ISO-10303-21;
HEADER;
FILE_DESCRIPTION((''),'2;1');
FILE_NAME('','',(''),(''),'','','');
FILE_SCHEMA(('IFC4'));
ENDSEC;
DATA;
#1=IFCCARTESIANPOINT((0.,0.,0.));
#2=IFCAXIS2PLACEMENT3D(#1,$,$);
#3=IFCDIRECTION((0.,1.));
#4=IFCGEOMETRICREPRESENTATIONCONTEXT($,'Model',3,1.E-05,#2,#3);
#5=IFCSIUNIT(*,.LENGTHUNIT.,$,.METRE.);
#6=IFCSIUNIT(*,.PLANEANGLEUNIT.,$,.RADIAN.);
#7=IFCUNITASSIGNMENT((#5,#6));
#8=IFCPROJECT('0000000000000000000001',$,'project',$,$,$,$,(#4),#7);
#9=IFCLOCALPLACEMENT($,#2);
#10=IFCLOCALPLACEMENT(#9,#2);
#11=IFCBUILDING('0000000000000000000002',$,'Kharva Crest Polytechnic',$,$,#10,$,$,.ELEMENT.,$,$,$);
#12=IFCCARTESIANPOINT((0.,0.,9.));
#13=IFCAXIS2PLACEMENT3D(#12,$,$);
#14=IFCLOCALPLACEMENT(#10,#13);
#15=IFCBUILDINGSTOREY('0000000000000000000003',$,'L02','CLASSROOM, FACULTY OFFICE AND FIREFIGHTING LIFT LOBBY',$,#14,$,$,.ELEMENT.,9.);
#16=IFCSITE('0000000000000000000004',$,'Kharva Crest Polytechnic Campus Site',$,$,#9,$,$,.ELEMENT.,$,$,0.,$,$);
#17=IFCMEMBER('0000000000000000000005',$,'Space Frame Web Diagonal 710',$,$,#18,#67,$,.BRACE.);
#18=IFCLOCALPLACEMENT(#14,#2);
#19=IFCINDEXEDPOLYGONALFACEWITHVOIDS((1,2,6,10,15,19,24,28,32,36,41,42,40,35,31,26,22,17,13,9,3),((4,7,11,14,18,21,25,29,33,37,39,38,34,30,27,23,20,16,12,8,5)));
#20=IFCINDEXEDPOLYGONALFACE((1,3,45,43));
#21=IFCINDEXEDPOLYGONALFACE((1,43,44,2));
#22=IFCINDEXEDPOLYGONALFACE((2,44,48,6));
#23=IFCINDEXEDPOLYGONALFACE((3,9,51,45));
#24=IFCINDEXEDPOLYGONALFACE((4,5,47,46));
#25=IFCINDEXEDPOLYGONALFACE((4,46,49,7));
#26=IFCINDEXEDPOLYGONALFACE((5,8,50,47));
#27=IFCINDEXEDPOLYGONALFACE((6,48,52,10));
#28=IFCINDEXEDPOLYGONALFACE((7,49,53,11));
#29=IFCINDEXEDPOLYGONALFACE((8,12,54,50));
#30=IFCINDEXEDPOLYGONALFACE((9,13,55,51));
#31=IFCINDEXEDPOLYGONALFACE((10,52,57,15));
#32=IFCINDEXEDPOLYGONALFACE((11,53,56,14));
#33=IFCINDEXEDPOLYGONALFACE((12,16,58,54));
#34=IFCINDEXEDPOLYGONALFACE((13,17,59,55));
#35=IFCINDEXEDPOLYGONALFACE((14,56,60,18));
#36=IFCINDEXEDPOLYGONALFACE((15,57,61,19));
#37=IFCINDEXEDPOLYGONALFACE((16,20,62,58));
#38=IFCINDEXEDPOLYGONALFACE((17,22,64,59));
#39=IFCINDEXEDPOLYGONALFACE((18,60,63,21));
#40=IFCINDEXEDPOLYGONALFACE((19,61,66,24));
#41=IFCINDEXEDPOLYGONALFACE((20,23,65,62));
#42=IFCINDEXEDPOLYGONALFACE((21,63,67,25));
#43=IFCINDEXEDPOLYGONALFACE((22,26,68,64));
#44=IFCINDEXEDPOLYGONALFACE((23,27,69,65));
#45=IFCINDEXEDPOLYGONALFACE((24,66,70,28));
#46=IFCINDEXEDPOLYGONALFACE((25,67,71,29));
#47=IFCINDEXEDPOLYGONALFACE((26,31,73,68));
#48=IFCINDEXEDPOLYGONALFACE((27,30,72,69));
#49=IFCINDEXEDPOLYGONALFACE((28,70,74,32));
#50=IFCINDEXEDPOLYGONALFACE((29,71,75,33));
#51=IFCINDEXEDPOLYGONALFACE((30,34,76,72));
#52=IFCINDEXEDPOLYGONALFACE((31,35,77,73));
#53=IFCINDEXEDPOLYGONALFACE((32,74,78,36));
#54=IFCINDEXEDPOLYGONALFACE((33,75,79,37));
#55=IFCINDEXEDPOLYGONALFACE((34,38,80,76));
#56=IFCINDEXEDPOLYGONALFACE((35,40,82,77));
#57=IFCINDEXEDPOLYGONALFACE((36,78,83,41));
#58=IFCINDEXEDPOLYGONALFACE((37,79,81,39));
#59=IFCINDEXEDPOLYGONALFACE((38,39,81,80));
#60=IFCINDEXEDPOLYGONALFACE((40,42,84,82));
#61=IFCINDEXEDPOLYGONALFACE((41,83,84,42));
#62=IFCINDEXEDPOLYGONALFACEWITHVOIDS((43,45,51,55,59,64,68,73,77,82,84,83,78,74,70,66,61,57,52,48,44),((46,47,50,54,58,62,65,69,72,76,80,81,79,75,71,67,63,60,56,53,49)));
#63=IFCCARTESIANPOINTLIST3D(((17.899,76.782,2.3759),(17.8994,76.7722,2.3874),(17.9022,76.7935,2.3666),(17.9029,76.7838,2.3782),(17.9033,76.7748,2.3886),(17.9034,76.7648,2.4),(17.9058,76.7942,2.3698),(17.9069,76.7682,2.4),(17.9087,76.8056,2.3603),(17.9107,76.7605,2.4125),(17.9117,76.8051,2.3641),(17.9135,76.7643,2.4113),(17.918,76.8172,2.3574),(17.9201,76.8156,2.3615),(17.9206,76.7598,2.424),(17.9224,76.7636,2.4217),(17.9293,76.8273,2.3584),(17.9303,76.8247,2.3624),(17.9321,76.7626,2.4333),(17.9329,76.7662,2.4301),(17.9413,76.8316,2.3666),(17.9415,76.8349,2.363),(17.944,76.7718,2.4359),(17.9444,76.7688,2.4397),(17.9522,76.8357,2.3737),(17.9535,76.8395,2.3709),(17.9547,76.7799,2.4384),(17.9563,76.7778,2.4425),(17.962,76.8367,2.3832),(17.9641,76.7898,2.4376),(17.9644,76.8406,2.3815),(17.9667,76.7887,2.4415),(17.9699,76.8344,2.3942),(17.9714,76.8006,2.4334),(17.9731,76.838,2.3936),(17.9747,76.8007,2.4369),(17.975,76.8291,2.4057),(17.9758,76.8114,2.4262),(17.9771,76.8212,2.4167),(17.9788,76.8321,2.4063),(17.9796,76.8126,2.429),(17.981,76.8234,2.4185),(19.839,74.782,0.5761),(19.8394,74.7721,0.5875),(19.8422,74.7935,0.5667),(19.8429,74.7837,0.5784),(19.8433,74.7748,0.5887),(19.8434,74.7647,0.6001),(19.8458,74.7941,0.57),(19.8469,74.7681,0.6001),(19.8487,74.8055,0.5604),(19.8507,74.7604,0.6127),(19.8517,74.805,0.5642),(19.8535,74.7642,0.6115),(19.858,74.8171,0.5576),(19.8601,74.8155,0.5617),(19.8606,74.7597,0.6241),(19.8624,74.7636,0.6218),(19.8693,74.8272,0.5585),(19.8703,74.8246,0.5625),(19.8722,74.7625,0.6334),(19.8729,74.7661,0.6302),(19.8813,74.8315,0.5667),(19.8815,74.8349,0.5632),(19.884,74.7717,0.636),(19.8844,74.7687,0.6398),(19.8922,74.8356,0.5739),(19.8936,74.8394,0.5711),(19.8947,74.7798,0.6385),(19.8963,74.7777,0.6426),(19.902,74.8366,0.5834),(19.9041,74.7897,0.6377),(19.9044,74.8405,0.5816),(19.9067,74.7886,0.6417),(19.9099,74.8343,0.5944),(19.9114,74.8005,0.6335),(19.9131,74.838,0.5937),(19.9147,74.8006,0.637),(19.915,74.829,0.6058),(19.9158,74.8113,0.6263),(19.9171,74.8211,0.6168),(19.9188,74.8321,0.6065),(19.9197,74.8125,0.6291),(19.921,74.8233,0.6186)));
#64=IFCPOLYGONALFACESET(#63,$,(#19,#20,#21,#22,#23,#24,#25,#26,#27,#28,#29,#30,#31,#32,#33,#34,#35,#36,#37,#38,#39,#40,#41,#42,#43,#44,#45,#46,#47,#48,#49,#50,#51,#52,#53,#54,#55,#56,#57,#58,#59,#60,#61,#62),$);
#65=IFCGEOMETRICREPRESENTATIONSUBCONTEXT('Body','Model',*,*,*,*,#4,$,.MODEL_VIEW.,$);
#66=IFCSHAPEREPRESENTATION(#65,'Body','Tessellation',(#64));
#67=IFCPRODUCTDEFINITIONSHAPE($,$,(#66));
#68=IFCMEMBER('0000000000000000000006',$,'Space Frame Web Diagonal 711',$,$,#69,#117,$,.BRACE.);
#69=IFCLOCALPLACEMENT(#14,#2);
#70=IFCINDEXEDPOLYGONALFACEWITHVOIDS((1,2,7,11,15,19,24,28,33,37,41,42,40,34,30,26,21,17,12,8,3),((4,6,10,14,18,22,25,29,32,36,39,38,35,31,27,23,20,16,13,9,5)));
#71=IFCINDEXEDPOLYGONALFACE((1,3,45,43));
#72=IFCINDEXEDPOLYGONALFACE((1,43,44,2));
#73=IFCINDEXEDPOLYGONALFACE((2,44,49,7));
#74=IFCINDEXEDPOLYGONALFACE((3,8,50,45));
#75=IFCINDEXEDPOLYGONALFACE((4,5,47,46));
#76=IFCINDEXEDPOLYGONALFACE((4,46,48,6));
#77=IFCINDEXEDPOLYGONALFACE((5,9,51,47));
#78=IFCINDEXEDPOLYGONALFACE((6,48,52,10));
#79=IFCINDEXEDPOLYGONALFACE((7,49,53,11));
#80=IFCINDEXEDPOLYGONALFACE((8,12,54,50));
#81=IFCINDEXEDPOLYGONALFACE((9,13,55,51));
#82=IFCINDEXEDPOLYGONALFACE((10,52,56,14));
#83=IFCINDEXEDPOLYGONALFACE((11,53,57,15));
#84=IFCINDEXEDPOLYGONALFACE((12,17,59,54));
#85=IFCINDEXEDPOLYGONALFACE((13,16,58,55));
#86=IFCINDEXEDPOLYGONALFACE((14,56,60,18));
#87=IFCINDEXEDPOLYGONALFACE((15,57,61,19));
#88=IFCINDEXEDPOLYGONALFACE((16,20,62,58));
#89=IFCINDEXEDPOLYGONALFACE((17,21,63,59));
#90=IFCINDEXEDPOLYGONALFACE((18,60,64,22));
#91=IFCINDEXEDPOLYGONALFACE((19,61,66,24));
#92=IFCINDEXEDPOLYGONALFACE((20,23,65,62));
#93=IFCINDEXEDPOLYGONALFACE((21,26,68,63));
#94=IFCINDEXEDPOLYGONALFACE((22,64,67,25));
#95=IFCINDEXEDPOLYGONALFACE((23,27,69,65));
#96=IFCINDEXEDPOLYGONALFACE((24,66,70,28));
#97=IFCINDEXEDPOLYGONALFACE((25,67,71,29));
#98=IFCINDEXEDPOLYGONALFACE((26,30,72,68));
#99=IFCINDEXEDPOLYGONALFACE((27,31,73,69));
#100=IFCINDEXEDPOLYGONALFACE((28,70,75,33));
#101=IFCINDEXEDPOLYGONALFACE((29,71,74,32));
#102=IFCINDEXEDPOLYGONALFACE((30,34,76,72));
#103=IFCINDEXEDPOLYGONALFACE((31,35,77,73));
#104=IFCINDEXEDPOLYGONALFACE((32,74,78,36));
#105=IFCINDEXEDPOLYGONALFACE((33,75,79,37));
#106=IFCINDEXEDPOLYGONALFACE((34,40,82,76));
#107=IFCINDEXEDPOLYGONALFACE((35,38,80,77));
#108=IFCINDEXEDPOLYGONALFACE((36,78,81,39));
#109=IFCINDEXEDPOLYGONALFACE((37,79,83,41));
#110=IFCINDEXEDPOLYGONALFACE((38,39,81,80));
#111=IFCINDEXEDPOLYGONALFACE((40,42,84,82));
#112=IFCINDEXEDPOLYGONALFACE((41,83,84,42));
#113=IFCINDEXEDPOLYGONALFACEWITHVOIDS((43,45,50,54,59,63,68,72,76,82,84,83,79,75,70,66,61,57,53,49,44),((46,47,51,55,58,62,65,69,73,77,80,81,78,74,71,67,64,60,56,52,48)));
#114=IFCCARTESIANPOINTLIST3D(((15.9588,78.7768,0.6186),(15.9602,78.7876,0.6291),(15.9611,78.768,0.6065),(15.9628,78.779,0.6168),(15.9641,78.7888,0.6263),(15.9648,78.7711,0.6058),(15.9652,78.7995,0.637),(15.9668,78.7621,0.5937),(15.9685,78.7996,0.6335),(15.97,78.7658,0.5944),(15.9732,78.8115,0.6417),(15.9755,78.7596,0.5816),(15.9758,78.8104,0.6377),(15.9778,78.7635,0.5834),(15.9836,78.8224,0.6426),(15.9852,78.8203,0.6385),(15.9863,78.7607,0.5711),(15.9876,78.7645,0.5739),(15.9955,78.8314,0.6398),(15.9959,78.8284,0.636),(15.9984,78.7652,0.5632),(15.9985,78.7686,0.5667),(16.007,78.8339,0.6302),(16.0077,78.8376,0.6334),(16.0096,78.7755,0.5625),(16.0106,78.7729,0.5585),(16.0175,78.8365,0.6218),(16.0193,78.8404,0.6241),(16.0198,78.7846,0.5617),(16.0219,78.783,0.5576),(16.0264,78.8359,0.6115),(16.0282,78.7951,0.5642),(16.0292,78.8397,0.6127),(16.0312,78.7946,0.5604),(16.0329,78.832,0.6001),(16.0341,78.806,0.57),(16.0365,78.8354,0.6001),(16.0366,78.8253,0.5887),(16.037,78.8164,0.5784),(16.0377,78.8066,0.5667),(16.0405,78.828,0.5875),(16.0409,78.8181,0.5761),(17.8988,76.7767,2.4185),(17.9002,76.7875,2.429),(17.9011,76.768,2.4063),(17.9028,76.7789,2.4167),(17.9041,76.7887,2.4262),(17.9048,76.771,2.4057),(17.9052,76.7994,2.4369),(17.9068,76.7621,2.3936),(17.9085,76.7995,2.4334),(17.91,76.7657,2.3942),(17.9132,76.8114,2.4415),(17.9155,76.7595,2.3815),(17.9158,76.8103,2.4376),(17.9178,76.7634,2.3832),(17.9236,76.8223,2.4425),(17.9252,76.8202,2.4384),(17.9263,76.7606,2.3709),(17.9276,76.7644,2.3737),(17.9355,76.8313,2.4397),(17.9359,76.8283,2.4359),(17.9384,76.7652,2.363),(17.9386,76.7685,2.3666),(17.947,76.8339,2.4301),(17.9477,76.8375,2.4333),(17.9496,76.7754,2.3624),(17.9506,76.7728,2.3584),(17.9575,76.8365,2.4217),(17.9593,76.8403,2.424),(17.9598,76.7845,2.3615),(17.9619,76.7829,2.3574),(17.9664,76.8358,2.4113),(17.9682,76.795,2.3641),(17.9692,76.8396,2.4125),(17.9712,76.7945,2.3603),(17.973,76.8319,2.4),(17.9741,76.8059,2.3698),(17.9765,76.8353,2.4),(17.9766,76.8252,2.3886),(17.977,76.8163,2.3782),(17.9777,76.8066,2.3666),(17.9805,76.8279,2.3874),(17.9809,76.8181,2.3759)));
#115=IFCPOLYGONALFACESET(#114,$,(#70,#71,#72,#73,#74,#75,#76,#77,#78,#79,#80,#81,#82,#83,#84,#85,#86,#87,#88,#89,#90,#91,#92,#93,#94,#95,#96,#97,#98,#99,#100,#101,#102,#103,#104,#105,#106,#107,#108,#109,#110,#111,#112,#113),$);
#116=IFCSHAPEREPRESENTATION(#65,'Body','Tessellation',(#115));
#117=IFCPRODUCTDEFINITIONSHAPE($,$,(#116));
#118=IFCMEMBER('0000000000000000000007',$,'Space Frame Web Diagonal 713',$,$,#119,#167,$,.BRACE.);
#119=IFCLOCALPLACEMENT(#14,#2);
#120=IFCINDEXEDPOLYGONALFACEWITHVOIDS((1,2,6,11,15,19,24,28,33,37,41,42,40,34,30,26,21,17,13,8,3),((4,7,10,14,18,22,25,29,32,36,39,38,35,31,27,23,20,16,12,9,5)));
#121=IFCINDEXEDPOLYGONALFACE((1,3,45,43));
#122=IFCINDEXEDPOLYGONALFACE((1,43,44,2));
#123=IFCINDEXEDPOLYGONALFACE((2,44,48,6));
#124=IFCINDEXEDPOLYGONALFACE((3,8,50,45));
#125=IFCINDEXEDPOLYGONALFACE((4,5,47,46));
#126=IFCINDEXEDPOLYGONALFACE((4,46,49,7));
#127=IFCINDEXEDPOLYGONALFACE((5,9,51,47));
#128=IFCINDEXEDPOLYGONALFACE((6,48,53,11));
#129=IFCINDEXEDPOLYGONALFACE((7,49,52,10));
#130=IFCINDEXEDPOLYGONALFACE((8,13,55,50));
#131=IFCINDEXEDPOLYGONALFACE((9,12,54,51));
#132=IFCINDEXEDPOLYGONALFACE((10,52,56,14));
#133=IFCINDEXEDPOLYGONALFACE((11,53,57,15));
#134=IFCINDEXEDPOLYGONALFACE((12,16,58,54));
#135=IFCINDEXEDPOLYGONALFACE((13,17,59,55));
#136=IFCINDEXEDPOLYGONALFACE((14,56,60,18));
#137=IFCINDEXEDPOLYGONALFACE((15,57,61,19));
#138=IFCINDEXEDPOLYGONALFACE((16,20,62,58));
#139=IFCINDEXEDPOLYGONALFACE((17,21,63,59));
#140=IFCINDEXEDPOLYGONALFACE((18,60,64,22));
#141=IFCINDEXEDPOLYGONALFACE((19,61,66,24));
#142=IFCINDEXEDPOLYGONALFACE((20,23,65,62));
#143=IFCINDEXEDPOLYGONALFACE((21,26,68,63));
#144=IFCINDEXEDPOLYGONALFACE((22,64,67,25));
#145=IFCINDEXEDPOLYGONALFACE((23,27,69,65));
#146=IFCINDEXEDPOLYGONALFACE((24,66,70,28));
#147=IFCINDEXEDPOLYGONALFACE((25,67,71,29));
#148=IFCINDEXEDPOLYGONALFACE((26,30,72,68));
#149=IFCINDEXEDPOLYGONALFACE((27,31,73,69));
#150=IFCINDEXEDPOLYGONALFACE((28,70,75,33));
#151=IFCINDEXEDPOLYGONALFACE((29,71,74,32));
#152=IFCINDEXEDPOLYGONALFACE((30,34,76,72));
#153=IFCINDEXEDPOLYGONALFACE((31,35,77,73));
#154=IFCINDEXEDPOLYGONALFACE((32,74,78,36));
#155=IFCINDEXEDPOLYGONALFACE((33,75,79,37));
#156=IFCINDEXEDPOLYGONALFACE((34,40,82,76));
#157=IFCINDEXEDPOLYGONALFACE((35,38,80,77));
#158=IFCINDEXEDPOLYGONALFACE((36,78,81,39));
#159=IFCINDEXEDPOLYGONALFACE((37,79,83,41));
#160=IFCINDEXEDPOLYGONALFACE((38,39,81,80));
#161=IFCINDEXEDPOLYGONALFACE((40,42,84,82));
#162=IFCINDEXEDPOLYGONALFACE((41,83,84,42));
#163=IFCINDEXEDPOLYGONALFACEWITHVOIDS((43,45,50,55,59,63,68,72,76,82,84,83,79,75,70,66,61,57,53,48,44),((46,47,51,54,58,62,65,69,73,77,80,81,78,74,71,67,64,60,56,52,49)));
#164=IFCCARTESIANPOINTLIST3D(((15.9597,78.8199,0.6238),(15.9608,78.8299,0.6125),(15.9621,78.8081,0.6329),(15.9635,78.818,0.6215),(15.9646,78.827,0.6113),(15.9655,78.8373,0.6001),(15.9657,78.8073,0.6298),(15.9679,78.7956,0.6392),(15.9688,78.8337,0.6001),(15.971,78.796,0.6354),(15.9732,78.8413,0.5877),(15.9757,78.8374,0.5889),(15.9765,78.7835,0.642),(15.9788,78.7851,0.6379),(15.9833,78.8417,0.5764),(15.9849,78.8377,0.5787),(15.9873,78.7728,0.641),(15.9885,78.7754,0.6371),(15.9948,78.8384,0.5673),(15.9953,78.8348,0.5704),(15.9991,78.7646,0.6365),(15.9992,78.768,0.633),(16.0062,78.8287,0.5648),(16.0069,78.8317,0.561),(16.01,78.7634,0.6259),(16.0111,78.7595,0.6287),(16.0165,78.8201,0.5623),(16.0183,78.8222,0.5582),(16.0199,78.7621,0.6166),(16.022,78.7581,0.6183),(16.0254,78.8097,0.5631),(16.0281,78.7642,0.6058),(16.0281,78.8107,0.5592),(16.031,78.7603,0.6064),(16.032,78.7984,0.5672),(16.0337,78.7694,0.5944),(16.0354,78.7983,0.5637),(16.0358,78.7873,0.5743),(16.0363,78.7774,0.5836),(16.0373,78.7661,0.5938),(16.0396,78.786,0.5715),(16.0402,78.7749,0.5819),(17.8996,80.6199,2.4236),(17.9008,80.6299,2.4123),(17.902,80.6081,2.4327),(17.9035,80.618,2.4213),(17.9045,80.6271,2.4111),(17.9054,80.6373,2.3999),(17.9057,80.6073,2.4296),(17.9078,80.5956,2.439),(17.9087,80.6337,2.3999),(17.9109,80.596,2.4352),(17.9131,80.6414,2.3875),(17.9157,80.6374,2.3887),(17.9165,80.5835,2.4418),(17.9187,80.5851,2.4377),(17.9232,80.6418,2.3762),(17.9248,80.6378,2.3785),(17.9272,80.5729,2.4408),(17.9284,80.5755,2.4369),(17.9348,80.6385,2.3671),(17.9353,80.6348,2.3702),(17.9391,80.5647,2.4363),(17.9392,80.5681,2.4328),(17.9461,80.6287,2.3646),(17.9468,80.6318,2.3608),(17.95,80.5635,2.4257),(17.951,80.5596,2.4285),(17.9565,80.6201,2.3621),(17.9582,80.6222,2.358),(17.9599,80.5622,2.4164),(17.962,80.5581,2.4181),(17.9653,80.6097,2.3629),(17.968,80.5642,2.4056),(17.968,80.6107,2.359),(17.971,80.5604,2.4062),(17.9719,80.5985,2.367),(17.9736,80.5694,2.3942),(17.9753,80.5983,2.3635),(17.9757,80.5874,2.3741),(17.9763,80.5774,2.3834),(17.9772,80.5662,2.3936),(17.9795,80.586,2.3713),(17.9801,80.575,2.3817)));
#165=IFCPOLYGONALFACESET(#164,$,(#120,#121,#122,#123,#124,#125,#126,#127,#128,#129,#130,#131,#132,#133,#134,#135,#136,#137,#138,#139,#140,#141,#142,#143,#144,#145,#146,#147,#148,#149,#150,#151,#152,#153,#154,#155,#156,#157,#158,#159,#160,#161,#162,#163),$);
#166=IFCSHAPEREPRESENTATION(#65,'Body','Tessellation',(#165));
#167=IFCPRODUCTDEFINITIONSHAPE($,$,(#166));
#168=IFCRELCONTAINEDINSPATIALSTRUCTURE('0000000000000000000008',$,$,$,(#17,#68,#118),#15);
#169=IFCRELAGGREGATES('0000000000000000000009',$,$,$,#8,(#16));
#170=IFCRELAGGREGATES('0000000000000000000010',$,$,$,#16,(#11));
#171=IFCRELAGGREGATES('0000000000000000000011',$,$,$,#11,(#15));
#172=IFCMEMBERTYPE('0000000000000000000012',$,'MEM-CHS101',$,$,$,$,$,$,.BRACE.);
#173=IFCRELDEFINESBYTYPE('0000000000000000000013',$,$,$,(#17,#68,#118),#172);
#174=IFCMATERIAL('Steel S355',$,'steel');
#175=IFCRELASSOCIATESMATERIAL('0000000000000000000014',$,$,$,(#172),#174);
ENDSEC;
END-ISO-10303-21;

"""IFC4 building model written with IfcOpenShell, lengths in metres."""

from ifc_helpers import new_model, si_unit, direction, frame, origin, origin_2d, place, context, subcontext, project, spatial, hollow_circle, extrude, material, material_profile, profile_set, type_object, element, save


model = new_model("IFC4")

# Units and contexts
model_context = context("Model", 3, precision=1e-05, world=origin(), true_north=direction((0.0, 1.0)))
body_context = subcontext(model_context, "Body", "Model", "MODEL_VIEW")
ifc_project = project(units=[si_unit("LENGTHUNIT", "METRE"), si_unit("PLANEANGLEUNIT", "RADIAN")], contexts=[model_context])

# Site, building, storey
site_placement = place(None, origin())
site = spatial("IfcSite", under=ifc_project, at=site_placement, Name="Kharva Crest Polytechnic Campus Site", CompositionType="ELEMENT", RefElevation=0.0)
building_placement = place(site_placement, origin())
building = spatial("IfcBuilding", under=site, at=building_placement, Name="Kharva Crest Polytechnic", CompositionType="ELEMENT")
storey_placement = place(building_placement, frame((0.0, 0.0, 9.0)))
storey = spatial("IfcBuildingStorey", under=building, at=storey_placement, Name="L02", Description="CLASSROOM, FACULTY OFFICE AND FIREFIGHTING LIFT LOBBY", CompositionType="ELEMENT", Elevation=9.0)

# Shared definitions
ifc_material_1 = material(Name="Steel S355", Category="steel")

# Members
ifc_material_profile_1 = material_profile(ifc_material_1, hollow_circle(Radius=0.0508, WallThickness=0.0049, at=origin_2d()), Name="CHS 101.6X5.0")
ifc_profile_set_1 = profile_set([ifc_material_profile_1], Name="Steel S355")
member_type_1 = type_object("IfcMemberType", Name="MEM-CHS101", PredefinedType="BRACE", material=ifc_profile_set_1)
for number, where, z_axis, x_axis, name in (
    (1, (19.8799, 74.8, 0.6001), (-0.584843, 0.60295, 0.542596), (-0.717802, -0.696247, 0.0), "Space Frame Web Diagonal 710"),
    (2, (16.0, 78.8, 0.6001), (0.584843, -0.60295, 0.542596), (0.717802, 0.696247, 0.0), "Space Frame Web Diagonal 711"),
):
    element("IfcMember", number, at=place(storey_placement, frame(where, z_axis=z_axis, x_axis=x_axis)), inside=storey, type_object=member_type_1, Name=name, PredefinedType="BRACE", context=body_context, shape_type="SweptSolid", body=[
        extrude(hollow_circle(Radius=0.0508, WallThickness=0.0049, at=origin_2d()), origin(), (0.0, 0.0, 1.0), 3.3171),
    ])
member_1_placement = place(storey_placement, frame((16.0, 78.8, 0.6001), z_axis=(0.606147, 0.562437, 0.562361), x_axis=(-0.680182, 0.733043, 0.0)))
element("IfcMember", 3, at=member_1_placement, inside=storey, type_object=member_type_1, Name="Space Frame Web Diagonal 713", PredefinedType="BRACE", context=body_context, shape_type="SweptSolid", body=[
    extrude(hollow_circle(Radius=0.0508, WallThickness=0.0049, at=origin_2d()), origin(), (0.0, 0.0, 1.0), 3.2004),
])

save(model, "model.ifc")
